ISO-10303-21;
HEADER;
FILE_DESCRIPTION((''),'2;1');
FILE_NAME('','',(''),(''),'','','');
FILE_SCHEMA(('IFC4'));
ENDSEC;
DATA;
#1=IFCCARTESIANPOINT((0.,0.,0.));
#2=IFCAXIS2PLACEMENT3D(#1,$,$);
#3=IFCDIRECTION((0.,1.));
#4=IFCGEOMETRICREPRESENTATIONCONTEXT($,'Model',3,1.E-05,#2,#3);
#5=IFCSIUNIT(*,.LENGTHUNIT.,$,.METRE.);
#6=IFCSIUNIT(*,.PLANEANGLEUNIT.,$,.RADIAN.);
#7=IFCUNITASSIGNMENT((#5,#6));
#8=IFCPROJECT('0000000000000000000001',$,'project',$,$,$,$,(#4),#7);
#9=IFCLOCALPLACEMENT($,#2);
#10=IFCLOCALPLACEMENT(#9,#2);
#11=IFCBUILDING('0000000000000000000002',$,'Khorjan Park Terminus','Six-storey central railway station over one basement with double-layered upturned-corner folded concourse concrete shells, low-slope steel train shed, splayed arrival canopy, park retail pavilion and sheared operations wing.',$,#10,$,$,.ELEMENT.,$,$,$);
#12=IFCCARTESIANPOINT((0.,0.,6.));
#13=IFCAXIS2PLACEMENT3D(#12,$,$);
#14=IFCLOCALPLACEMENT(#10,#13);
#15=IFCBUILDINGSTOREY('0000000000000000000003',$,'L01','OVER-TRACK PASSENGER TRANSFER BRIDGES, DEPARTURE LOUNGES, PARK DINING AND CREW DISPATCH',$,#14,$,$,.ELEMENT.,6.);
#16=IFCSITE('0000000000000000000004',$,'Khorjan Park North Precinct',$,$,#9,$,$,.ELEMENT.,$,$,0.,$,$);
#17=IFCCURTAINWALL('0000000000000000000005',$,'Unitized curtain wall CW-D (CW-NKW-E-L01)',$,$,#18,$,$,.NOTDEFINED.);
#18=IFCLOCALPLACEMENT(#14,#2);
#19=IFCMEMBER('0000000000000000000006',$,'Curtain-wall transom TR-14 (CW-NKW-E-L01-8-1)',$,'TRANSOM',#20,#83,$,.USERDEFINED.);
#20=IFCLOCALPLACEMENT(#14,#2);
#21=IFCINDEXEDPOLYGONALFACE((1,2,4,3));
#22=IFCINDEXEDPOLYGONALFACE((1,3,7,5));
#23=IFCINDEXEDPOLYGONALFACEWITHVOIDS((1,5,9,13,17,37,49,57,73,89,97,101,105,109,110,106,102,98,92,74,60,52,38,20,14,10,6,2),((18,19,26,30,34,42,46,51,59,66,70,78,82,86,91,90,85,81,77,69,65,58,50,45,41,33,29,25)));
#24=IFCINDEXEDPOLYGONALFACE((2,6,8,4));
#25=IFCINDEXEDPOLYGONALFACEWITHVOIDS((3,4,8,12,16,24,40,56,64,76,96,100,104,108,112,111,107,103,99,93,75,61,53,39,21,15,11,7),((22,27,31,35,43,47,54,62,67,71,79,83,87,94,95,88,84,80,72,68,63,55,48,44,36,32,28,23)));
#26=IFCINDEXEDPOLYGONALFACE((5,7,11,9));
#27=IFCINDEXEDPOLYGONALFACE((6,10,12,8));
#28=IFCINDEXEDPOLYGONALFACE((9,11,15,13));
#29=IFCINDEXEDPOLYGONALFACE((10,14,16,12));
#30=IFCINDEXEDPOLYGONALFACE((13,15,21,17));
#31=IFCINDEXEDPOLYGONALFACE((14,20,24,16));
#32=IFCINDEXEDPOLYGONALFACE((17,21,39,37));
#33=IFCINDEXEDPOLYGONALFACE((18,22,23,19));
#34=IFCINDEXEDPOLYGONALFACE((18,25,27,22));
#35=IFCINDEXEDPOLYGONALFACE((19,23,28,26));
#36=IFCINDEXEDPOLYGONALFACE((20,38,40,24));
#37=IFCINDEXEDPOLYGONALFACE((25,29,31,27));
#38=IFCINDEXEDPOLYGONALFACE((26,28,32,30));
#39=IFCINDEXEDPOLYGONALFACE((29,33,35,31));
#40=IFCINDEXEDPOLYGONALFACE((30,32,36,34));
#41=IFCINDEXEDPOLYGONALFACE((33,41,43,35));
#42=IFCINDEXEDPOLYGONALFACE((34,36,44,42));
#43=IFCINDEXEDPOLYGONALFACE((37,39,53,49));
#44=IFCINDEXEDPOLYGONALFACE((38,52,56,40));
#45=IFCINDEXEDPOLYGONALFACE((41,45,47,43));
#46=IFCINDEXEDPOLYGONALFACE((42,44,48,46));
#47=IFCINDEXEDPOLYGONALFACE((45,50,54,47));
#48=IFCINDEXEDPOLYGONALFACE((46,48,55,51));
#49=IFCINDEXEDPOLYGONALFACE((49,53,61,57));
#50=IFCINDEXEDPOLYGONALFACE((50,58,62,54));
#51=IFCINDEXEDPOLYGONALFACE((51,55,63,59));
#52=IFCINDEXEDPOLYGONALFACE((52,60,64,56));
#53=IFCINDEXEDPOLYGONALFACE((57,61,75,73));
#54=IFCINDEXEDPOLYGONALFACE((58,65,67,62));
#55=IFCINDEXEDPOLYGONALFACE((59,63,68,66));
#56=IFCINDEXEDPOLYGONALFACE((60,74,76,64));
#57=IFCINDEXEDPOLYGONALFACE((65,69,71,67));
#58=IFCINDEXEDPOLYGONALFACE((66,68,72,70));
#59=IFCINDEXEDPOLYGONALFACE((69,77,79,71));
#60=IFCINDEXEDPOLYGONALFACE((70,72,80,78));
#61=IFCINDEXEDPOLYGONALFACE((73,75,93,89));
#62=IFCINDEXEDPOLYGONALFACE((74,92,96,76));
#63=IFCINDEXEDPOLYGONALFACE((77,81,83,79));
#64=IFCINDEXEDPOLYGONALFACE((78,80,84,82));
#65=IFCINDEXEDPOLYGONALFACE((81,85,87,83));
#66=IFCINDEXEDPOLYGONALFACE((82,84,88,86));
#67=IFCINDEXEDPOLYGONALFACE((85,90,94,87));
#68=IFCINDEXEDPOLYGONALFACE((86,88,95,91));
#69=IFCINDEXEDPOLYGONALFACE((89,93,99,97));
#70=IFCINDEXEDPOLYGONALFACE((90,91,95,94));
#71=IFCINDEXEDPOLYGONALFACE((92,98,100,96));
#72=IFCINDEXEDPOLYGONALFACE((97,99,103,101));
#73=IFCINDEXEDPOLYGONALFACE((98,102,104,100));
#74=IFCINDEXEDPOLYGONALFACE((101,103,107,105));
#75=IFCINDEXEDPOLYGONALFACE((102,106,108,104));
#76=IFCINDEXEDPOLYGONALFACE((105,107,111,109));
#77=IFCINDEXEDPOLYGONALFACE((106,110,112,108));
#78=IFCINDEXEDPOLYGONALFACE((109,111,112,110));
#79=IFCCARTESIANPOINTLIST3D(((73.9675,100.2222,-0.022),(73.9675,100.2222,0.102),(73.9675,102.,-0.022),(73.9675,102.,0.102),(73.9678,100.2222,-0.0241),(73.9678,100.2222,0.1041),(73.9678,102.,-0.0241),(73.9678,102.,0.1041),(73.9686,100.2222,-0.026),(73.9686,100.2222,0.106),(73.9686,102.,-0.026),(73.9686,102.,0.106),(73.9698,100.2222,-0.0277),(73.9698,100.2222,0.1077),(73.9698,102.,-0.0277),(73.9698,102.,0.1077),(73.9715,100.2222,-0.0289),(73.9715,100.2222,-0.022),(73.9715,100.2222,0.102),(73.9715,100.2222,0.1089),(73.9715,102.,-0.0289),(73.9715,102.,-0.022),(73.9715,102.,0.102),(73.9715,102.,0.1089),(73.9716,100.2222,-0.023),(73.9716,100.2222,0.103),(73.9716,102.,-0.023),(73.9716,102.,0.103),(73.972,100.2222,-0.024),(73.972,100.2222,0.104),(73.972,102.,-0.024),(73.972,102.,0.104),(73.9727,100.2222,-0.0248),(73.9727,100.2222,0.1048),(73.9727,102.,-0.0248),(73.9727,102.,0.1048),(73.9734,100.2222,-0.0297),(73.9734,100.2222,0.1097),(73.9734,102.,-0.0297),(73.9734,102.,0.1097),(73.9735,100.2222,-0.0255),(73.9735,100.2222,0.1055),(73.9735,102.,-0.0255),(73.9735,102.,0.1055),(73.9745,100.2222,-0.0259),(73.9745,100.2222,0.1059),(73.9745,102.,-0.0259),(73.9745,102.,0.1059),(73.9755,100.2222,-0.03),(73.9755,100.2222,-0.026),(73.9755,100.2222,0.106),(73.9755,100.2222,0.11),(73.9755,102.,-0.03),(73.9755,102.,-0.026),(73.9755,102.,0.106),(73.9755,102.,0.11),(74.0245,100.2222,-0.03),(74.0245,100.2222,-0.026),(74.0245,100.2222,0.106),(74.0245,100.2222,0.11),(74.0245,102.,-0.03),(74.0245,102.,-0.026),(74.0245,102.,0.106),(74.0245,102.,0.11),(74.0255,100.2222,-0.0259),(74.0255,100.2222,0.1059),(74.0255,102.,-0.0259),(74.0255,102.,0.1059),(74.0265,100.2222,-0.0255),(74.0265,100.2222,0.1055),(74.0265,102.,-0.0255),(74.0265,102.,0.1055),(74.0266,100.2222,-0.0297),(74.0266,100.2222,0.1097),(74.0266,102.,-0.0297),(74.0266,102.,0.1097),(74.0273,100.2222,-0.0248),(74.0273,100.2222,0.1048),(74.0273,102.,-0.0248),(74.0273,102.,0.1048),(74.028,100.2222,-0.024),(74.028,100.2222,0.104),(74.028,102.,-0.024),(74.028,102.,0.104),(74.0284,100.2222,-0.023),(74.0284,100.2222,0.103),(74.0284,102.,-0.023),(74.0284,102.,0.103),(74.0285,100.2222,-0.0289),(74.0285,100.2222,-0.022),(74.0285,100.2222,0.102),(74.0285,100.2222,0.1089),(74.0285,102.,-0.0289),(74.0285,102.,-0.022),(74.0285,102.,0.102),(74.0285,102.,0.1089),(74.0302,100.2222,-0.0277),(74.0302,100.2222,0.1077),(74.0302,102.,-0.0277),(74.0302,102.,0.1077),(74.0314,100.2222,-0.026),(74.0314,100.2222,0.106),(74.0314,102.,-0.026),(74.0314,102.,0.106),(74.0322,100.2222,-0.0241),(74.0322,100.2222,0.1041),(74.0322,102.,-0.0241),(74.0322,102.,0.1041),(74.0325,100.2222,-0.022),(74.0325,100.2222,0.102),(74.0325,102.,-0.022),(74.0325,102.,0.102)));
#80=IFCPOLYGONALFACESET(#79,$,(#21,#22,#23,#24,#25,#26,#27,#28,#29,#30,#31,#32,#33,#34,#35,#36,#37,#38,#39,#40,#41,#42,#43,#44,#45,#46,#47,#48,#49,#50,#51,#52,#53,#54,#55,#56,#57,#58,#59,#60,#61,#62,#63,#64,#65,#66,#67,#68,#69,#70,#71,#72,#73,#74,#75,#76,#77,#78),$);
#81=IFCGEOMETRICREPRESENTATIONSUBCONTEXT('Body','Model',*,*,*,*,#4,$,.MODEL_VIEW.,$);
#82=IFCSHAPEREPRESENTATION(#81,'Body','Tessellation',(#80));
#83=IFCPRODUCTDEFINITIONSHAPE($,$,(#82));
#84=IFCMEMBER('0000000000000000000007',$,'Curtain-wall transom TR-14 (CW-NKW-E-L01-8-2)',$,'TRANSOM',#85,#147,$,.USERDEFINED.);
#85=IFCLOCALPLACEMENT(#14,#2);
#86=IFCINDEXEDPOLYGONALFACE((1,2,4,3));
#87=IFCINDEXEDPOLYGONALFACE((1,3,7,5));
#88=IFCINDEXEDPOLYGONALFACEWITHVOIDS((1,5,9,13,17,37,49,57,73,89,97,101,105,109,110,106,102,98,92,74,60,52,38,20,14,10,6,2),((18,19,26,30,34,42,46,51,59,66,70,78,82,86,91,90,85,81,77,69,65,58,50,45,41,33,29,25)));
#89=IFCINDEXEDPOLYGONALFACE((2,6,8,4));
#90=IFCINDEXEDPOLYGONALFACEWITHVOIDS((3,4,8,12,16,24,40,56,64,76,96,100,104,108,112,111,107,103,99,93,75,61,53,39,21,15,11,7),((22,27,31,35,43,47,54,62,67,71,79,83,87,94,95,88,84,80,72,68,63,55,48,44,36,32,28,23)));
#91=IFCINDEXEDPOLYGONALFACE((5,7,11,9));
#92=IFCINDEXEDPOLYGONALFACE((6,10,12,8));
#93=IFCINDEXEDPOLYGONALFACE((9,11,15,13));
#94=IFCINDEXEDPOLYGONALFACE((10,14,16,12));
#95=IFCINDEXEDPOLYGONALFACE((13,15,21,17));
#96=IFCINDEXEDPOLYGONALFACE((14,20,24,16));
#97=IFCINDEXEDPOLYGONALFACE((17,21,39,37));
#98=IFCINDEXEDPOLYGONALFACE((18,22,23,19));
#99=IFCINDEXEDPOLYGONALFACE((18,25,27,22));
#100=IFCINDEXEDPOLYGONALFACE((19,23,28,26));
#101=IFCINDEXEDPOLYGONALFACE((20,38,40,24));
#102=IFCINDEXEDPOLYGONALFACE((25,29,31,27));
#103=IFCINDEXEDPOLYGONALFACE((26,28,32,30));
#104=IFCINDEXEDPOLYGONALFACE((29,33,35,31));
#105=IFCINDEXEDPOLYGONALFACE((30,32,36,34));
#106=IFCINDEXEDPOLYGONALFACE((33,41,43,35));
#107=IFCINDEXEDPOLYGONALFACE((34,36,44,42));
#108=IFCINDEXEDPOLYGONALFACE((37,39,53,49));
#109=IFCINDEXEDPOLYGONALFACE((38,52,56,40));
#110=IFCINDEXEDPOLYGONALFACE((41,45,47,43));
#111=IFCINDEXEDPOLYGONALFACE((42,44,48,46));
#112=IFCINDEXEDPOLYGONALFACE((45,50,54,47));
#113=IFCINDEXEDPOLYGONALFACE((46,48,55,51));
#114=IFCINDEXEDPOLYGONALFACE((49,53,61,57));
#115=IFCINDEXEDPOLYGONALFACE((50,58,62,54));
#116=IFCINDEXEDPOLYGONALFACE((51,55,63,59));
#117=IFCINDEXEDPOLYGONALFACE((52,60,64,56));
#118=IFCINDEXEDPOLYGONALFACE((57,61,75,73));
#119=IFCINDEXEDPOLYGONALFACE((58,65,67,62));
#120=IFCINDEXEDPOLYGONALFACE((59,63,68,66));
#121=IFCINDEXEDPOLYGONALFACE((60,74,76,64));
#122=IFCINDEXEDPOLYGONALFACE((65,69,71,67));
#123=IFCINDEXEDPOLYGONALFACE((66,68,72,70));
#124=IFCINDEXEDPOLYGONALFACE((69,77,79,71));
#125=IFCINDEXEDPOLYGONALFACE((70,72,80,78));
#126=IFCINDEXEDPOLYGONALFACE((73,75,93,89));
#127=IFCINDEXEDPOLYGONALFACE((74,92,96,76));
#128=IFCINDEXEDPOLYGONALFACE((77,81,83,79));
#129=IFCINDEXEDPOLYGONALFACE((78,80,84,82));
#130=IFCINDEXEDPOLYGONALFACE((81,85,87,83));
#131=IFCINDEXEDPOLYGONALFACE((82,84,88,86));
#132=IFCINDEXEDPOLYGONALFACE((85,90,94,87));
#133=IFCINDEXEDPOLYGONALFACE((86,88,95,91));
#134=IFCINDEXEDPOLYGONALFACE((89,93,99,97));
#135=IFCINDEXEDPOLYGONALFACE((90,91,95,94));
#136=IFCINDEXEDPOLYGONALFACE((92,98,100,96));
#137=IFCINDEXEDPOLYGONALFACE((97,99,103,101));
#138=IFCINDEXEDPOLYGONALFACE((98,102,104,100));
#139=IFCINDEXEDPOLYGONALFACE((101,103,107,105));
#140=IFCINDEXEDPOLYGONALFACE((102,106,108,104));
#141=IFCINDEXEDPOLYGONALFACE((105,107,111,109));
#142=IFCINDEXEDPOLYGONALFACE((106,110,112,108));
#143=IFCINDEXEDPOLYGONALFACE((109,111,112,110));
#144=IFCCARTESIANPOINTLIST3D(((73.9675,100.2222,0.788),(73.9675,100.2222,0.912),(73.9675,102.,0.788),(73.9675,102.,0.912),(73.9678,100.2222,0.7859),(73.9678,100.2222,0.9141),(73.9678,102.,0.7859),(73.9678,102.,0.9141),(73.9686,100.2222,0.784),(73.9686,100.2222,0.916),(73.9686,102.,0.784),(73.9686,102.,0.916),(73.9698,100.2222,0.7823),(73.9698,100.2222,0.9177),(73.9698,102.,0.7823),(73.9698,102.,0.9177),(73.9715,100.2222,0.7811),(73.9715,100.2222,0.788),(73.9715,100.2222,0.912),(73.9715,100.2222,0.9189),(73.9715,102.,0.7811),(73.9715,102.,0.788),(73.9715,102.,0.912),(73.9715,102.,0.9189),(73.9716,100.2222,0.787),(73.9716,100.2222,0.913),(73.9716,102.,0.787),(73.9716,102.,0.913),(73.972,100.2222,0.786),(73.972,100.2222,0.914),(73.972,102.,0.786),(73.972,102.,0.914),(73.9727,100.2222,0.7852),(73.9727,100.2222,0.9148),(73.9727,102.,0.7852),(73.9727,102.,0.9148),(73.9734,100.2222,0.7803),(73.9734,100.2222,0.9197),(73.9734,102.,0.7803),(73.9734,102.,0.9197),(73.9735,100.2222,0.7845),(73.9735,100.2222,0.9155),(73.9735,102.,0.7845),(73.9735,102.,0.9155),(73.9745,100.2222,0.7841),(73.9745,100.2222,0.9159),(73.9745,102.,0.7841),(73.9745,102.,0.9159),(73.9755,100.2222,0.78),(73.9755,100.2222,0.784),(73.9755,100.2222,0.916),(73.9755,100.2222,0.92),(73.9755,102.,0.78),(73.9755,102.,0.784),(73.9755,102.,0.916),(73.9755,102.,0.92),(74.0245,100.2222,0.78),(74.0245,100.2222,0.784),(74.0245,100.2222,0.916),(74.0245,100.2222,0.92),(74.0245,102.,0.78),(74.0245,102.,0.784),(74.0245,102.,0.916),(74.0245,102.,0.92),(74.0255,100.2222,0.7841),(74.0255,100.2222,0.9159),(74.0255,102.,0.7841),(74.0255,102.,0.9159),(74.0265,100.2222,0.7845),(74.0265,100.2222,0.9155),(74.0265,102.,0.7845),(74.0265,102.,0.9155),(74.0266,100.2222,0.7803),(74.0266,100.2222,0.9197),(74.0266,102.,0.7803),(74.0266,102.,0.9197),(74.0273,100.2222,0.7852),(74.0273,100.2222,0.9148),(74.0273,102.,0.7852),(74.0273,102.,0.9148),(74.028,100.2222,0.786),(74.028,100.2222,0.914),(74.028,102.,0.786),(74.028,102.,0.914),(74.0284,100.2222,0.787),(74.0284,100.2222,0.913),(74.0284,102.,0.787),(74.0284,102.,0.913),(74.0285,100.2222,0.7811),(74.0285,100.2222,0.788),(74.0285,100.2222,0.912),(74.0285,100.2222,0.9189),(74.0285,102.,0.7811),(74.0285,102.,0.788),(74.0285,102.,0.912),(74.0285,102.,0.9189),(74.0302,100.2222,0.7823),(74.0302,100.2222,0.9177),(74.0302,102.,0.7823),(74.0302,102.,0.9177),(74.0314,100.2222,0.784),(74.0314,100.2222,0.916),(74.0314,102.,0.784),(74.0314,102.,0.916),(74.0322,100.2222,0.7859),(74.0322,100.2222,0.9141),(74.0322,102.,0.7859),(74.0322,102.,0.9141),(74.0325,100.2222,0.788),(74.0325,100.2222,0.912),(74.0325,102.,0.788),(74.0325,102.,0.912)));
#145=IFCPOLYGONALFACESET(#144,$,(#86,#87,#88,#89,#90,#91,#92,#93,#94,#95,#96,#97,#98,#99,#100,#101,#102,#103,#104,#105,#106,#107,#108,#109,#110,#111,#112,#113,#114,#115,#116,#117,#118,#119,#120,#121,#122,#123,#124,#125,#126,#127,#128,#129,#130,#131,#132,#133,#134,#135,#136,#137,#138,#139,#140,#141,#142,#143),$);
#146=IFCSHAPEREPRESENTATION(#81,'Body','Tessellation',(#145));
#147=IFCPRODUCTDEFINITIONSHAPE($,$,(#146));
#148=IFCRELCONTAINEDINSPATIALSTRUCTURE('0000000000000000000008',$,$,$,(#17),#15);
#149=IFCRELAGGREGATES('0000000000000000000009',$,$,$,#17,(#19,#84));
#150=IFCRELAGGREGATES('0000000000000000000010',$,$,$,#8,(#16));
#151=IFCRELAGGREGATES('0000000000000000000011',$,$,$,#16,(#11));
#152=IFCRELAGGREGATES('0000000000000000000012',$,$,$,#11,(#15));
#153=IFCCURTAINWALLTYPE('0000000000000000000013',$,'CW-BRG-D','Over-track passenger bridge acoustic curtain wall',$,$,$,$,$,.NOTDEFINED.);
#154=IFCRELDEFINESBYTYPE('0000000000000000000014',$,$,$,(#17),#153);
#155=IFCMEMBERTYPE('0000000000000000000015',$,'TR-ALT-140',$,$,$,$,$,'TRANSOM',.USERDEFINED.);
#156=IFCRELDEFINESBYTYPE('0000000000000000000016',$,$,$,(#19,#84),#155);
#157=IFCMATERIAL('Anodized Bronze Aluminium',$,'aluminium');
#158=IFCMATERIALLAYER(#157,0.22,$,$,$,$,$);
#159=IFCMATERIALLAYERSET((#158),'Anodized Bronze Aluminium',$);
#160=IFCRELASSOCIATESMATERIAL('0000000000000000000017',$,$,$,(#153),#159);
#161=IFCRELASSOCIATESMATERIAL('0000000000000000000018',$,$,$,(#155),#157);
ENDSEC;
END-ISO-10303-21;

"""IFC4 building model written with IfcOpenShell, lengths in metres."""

from ifc_helpers import new_model, si_unit, direction, frame, origin, origin_2d, place, context, subcontext, project, spatial, hollow_rectangle, extrude, material, layer, layer_set, material_profile, profile_set, type_object, element, aggregate, save


model = new_model("IFC4")

# Units and contexts
model_context = context("Model", 3, precision=1e-05, world=origin(), true_north=direction((0.0, 1.0)))
body_context = subcontext(model_context, "Body", "Model", "MODEL_VIEW")
ifc_project = project(units=[si_unit("LENGTHUNIT", "METRE"), si_unit("PLANEANGLEUNIT", "RADIAN")], contexts=[model_context])

# Site, building, storey
site_placement = place(None, origin())
site = spatial("IfcSite", under=ifc_project, at=site_placement, Name="Khorjan Park North Precinct", CompositionType="ELEMENT", RefElevation=0.0)
building_placement = place(site_placement, origin())
building = spatial("IfcBuilding", under=site, at=building_placement, Name="Khorjan Park Terminus", Description="Six-storey central railway station over one basement with double-layered upturned-corner folded concourse concrete shells, low-slope steel train shed, splayed arrival canopy, park retail pavilion and sheared operations wing.", CompositionType="ELEMENT")
storey_placement = place(building_placement, frame((0.0, 0.0, 6.0)))
storey = spatial("IfcBuildingStorey", under=building, at=storey_placement, Name="L01", Description="OVER-TRACK PASSENGER TRANSFER BRIDGES, DEPARTURE LOUNGES, PARK DINING AND CREW DISPATCH", CompositionType="ELEMENT", Elevation=6.0)

# Curtain wall, members
ifc_material_1 = material(Name="Anodized Bronze Aluminium", Category="aluminium")
ifc_layer_1 = layer(ifc_material_1, 0.22)
ifc_layer_set_1 = layer_set([ifc_layer_1], Name="Anodized Bronze Aluminium")
curtain_wall_type = type_object("IfcCurtainWallType", Name="CW-BRG-D", Description="Over-track passenger bridge acoustic curtain wall", PredefinedType="NOTDEFINED", material=ifc_layer_set_1)
curtain_wall_placement = place(storey_placement, origin())
curtain_wall = element("IfcCurtainWall", 1, at=curtain_wall_placement, inside=storey, type_object=curtain_wall_type, Name="Unitized curtain wall CW-D (CW-NKW-E-L01)", PredefinedType="NOTDEFINED")
ifc_material_profile_1 = material_profile(ifc_material_1, hollow_rectangle(XDim=0.065, YDim=0.14, WallThickness=0.004, InnerFilletRadius=0.004, OuterFilletRadius=0.008, at=origin_2d()), Name="ALT 65x140x4")
ifc_profile_set_1 = profile_set([ifc_material_profile_1], Name="Anodized Bronze Aluminium")
member_type_1 = type_object("IfcMemberType", Name="TR-ALT-140", ElementType="TRANSOM", PredefinedType="USERDEFINED", material=ifc_profile_set_1)
member_1_placement = place(storey_placement, frame((74.0, 100.2222, 0.04), z_axis=(0.0, 1.0, 0.0), x_axis=(-1.0, 0.0, 0.0)))
member_1 = element("IfcMember", 2, at=member_1_placement, type_object=member_type_1, Name="Curtain-wall transom TR-14 (CW-NKW-E-L01-8-1)", ObjectType="TRANSOM", PredefinedType="USERDEFINED", context=body_context, shape_type="SweptSolid", body=[
    extrude(hollow_rectangle(XDim=0.065, YDim=0.14, WallThickness=0.004, InnerFilletRadius=0.004, OuterFilletRadius=0.008, at=origin_2d()), origin(), (0.0, 0.0, 1.0), 1.7778),
])
member_2_placement = place(storey_placement, frame((74.0, 100.2222, 0.85), z_axis=(0.0, 1.0, 0.0), x_axis=(-1.0, 0.0, 0.0)))
member_2 = element("IfcMember", 3, at=member_2_placement, type_object=member_type_1, Name="Curtain-wall transom TR-14 (CW-NKW-E-L01-8-2)", ObjectType="TRANSOM", PredefinedType="USERDEFINED", context=body_context, shape_type="SweptSolid", body=[
    extrude(hollow_rectangle(XDim=0.065, YDim=0.14, WallThickness=0.004, InnerFilletRadius=0.004, OuterFilletRadius=0.008, at=origin_2d()), origin(), (0.0, 0.0, 1.0), 1.7778),
])
aggregate(curtain_wall, [member_1, member_2])

save(model, "model.ifc")
